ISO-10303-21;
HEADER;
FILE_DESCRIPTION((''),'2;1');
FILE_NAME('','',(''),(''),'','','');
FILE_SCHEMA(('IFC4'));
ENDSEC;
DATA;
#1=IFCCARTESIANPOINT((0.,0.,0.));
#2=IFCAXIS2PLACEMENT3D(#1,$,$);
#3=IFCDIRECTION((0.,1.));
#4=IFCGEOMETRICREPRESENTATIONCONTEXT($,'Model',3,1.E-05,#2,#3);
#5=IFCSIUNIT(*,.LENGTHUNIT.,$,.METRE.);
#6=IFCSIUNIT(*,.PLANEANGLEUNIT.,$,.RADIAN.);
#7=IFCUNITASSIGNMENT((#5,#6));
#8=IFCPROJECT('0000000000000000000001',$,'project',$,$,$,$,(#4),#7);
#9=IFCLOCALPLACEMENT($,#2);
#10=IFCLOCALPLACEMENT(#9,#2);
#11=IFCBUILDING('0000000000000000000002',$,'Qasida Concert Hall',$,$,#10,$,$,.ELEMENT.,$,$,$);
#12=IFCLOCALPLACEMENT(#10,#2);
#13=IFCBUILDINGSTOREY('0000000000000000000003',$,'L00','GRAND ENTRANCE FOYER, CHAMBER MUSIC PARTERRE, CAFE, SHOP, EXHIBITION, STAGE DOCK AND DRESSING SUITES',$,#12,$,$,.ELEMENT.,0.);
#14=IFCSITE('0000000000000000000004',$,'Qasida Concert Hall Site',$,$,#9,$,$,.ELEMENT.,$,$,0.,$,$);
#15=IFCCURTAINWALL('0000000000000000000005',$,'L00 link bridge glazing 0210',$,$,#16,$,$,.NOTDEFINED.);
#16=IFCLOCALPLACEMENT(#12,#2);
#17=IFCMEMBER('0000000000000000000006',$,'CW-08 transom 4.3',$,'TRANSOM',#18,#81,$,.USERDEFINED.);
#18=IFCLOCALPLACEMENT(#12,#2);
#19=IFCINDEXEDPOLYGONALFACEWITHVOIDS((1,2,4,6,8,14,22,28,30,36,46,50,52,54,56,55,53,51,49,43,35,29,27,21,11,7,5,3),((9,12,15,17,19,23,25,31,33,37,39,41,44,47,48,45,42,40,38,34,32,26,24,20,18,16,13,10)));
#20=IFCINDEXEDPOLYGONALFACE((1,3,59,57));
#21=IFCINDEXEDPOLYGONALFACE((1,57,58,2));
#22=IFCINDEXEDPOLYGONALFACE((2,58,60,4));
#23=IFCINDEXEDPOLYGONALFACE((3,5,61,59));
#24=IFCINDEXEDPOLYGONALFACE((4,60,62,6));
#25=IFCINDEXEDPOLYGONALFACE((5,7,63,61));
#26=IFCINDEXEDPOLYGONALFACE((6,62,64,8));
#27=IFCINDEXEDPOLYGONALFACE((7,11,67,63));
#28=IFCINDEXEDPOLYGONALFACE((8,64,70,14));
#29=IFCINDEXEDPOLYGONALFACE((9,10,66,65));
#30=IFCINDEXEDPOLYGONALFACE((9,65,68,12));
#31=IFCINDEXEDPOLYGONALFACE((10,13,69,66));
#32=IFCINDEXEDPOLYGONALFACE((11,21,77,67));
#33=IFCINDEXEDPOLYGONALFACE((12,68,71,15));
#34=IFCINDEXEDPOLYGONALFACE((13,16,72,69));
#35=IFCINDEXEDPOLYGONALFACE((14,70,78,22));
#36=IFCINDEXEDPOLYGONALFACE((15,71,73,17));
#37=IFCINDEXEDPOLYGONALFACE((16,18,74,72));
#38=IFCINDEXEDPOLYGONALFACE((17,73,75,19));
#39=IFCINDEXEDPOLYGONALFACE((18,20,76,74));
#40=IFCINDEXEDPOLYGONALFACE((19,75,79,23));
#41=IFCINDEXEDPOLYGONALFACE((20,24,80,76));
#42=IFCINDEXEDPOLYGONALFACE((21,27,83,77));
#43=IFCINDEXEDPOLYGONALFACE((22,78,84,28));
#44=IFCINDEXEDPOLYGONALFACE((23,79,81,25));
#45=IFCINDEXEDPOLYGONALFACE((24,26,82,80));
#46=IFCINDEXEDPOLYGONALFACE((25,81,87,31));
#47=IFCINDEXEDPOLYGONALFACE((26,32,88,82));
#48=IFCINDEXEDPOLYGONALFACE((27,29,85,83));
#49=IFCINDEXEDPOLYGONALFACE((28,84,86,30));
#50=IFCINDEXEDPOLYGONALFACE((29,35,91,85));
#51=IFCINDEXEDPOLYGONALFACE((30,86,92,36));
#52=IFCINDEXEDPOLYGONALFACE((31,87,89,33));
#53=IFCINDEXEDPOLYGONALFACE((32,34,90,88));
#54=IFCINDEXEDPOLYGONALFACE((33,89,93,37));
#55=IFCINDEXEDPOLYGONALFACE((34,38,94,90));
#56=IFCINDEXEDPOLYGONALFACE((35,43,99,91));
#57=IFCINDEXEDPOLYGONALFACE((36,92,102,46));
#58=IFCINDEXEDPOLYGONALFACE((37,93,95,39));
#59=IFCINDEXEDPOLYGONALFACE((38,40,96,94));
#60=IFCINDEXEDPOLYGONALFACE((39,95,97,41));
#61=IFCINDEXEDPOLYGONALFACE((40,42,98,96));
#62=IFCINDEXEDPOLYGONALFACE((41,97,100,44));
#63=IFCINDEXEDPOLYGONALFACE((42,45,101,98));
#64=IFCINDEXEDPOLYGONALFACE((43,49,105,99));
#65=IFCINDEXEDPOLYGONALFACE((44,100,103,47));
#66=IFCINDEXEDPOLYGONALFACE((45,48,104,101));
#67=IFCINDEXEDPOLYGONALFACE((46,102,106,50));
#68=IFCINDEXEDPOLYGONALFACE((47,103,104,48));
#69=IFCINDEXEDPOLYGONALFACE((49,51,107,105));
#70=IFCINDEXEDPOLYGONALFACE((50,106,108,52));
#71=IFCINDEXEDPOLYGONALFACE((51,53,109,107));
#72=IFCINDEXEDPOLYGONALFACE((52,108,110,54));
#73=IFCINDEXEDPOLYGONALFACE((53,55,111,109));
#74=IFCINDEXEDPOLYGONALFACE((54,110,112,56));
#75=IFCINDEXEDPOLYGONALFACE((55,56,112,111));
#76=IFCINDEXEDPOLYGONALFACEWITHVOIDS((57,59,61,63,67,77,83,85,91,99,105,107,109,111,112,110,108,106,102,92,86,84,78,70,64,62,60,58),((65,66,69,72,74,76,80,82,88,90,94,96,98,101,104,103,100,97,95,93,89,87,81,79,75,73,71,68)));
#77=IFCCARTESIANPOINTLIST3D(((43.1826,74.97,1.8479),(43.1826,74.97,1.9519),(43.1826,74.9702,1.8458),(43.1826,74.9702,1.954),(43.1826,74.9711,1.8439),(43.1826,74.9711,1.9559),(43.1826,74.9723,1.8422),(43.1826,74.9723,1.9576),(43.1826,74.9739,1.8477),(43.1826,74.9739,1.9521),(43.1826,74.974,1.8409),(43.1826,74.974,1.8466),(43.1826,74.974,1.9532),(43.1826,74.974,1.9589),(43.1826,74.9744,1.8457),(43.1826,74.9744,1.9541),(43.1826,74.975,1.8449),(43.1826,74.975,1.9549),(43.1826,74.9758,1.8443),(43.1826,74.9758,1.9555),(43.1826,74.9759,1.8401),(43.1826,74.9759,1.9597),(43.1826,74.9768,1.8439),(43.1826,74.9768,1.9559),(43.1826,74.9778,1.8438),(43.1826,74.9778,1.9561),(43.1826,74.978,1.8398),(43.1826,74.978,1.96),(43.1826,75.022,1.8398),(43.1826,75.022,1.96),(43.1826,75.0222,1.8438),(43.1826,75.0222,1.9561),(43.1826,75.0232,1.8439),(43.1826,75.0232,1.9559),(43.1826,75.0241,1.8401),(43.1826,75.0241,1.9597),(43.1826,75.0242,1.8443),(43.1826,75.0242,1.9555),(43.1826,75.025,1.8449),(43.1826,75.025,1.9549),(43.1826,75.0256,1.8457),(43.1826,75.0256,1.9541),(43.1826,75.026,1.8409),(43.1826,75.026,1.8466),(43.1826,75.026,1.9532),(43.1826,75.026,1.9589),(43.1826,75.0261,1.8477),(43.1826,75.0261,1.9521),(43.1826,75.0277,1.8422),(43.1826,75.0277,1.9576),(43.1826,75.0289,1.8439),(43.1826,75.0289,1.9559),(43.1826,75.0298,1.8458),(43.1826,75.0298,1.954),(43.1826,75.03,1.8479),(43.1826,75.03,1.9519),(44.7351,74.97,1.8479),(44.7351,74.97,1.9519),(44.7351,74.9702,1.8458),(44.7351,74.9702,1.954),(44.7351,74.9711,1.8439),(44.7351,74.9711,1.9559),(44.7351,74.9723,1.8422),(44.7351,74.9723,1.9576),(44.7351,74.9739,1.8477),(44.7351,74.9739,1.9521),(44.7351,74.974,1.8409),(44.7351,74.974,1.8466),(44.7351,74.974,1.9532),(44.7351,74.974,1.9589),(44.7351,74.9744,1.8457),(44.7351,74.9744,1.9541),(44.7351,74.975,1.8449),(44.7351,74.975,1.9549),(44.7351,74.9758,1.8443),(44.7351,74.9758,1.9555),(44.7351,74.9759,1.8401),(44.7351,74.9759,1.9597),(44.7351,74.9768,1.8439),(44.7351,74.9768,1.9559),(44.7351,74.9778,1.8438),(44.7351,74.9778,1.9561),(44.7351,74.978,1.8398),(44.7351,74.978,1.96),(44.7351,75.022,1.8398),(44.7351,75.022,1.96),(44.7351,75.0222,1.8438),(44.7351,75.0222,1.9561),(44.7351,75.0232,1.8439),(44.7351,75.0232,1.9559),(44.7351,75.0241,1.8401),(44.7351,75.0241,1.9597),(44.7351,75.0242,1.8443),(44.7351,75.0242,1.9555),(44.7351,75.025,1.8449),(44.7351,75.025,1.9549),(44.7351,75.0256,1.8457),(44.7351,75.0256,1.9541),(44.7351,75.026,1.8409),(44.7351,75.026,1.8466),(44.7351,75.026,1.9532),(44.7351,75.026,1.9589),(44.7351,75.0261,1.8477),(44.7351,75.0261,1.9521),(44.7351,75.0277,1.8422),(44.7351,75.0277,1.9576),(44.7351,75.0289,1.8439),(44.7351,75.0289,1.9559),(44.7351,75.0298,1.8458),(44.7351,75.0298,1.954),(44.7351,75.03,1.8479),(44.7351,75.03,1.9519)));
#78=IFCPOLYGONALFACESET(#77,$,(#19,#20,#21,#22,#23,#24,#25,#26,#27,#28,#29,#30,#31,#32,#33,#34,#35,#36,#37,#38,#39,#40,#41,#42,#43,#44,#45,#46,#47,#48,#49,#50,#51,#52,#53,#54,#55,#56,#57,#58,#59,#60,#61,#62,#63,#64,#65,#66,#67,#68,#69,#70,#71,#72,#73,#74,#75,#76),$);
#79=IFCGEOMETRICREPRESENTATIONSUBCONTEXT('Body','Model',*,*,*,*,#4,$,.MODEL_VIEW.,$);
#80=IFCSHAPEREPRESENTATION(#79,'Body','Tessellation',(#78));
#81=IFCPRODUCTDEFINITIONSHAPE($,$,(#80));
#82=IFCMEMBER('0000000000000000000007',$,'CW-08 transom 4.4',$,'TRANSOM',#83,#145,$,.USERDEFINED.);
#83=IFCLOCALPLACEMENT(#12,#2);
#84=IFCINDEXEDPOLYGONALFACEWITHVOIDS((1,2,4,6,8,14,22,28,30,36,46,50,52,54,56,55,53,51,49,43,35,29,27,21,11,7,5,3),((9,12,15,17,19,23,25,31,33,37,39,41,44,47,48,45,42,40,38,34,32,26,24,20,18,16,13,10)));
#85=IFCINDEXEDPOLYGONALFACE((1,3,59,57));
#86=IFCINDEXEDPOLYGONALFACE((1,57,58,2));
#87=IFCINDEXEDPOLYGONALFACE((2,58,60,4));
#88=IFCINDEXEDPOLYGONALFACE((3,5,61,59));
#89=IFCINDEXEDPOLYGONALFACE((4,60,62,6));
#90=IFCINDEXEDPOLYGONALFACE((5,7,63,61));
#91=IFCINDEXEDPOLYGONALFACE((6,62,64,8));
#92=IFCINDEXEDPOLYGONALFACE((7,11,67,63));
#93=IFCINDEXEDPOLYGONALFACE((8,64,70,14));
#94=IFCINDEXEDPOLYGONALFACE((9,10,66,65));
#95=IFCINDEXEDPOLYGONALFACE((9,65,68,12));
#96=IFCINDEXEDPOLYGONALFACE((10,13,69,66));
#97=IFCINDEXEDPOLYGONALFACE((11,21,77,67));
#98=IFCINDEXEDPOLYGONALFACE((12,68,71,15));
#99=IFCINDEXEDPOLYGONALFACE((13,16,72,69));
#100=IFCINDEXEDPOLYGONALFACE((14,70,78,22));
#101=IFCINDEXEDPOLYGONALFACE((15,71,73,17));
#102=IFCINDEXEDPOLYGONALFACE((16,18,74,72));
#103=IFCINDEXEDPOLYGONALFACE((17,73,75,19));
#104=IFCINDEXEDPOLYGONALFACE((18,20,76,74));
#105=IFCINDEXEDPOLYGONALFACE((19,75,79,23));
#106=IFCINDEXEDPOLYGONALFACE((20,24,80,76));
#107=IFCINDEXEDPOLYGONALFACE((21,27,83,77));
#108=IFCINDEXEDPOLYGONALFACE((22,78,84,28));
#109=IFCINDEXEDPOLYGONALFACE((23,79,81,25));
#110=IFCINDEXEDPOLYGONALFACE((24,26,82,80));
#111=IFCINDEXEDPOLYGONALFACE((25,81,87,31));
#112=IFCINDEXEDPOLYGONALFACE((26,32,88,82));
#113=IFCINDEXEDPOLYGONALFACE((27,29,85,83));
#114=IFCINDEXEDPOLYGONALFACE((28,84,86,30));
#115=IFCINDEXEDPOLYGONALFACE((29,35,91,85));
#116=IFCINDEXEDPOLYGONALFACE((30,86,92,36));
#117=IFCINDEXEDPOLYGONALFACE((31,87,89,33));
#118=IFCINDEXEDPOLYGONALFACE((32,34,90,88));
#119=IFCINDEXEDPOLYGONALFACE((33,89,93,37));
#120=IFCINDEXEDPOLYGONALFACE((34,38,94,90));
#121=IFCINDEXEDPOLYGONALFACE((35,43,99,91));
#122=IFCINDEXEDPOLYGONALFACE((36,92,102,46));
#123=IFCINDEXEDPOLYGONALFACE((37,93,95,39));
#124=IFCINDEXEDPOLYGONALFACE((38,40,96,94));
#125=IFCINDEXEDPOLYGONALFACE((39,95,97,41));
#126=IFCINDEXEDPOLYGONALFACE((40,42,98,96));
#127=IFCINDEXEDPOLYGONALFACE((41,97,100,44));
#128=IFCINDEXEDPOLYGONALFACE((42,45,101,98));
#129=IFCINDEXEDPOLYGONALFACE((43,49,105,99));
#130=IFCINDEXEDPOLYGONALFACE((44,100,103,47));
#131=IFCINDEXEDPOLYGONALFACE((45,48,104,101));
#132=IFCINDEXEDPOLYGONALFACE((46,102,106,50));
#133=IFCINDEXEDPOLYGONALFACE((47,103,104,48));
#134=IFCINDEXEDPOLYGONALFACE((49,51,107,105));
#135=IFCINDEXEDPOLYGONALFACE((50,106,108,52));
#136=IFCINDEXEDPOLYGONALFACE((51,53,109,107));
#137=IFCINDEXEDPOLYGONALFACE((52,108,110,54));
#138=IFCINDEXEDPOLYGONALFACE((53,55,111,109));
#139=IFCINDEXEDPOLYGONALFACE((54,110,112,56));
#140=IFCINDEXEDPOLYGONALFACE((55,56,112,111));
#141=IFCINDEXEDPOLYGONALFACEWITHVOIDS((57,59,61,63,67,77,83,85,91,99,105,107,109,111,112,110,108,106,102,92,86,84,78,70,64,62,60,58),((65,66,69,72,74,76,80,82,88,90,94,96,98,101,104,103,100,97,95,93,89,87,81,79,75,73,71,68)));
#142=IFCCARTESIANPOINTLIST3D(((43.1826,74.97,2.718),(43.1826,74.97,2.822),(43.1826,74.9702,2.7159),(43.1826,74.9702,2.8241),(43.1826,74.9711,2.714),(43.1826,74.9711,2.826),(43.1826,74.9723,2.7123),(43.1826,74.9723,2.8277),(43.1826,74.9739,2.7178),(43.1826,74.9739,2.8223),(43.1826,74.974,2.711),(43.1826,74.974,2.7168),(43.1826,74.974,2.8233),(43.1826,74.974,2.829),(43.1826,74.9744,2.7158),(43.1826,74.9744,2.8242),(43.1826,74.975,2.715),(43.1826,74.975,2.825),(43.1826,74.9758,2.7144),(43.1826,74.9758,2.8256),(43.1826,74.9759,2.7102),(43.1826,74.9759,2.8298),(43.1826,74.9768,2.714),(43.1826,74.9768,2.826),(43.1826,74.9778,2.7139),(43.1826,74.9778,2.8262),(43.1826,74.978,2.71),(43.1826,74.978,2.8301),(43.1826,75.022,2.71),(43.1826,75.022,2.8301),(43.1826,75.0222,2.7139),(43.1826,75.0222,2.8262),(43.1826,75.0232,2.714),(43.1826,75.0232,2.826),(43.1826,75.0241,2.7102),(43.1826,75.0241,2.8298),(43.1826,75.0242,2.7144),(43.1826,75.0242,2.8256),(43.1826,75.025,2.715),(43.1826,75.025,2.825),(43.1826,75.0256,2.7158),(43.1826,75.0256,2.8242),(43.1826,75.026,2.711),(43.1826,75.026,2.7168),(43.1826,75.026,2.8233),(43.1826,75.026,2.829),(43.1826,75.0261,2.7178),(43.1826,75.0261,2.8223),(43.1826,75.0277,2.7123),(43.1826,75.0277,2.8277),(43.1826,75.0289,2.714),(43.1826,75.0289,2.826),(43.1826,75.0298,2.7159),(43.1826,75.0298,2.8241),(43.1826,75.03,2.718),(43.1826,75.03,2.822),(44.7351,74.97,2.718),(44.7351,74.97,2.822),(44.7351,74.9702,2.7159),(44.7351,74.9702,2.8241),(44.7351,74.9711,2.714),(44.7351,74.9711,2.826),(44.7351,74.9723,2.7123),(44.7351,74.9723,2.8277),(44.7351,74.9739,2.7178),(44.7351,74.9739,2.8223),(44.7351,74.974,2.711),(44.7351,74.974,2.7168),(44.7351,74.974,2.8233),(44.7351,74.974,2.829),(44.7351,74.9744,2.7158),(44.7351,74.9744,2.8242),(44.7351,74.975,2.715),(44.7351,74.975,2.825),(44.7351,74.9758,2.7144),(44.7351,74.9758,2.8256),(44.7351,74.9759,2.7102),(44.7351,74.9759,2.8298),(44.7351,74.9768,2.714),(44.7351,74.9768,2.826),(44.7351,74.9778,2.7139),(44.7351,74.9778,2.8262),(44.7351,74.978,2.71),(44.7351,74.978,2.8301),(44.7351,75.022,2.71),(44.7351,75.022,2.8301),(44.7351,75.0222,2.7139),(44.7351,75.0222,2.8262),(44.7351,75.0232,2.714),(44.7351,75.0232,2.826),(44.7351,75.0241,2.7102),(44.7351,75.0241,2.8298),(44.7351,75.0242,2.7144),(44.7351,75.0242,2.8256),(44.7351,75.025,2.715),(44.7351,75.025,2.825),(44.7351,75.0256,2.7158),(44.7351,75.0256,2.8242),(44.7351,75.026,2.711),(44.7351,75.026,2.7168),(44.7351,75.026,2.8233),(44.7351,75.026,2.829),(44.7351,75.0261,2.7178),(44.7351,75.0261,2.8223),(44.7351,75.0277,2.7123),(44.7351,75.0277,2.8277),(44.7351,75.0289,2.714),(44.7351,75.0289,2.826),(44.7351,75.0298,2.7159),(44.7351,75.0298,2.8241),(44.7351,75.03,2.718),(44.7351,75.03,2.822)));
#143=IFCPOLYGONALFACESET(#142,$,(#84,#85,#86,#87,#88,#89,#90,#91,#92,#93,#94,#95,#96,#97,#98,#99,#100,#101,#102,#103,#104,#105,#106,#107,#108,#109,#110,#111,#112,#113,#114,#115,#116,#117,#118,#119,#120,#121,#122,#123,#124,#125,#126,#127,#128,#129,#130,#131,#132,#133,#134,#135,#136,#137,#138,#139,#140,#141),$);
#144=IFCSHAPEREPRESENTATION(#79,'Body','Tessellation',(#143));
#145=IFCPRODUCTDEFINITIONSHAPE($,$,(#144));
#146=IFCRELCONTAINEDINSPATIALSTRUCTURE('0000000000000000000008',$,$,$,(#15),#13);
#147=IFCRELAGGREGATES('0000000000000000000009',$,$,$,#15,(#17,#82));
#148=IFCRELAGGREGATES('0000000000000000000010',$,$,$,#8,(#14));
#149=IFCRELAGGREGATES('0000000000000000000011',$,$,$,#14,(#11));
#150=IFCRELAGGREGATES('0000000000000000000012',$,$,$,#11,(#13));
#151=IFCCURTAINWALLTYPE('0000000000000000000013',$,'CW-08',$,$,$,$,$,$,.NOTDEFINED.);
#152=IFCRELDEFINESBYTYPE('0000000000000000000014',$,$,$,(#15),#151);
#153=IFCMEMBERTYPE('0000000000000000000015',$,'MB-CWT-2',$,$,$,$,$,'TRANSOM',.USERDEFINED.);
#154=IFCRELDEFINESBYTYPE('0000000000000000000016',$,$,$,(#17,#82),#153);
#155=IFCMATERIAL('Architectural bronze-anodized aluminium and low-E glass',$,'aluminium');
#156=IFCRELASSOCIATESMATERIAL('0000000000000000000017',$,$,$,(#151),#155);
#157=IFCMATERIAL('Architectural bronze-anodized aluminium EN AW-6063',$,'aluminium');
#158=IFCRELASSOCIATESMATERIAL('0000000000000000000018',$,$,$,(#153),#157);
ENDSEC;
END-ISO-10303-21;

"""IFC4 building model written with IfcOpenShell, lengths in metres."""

from ifc_helpers import new_model, si_unit, direction, frame, origin, origin_2d, place, context, subcontext, project, spatial, hollow_rectangle, extrude, material, material_profile, profile_set, type_object, element, aggregate, save


model = new_model("IFC4")

# Units and contexts
model_context = context("Model", 3, precision=1e-05, world=origin(), true_north=direction((0.0, 1.0)))
body_context = subcontext(model_context, "Body", "Model", "MODEL_VIEW")
ifc_project = project(units=[si_unit("LENGTHUNIT", "METRE"), si_unit("PLANEANGLEUNIT", "RADIAN")], contexts=[model_context])

# Site, building, storey
site_placement = place(None, origin())
site = spatial("IfcSite", under=ifc_project, at=site_placement, Name="Qasida Concert Hall Site", CompositionType="ELEMENT", RefElevation=0.0)
building_placement = place(site_placement, origin())
building = spatial("IfcBuilding", under=site, at=building_placement, Name="Qasida Concert Hall", CompositionType="ELEMENT")
storey_placement = place(building_placement, origin())
storey = spatial("IfcBuildingStorey", under=building, at=storey_placement, Name="L00", Description="GRAND ENTRANCE FOYER, CHAMBER MUSIC PARTERRE, CAFE, SHOP, EXHIBITION, STAGE DOCK AND DRESSING SUITES", CompositionType="ELEMENT", Elevation=0.0)

# Curtain wall
ifc_material_1 = material(Name="Architectural bronze-anodized aluminium and low-E glass", Category="aluminium")
curtain_wall_type = type_object("IfcCurtainWallType", Name="CW-08", PredefinedType="NOTDEFINED", material=ifc_material_1)
curtain_wall_1_placement = place(storey_placement, origin())
curtain_wall_1 = element("IfcCurtainWall", 1, at=curtain_wall_1_placement, inside=storey, type_object=curtain_wall_type, Name="L00 link bridge glazing 0210", PredefinedType="NOTDEFINED")
ifc_material_2 = material(Name="Architectural bronze-anodized aluminium EN AW-6063", Category="aluminium")

# Members
ifc_material_profile_1 = material_profile(ifc_material_2, hollow_rectangle(XDim=0.0601, YDim=0.1201, WallThickness=0.0039, InnerFilletRadius=0.0039, OuterFilletRadius=0.0081, at=origin_2d()), Name="CWT 120x60x4")
ifc_profile_set_1 = profile_set([ifc_material_profile_1], Name="Architectural bronze-anodized aluminium EN AW-6063")
member_type_1 = type_object("IfcMemberType", Name="MB-CWT-2", ElementType="TRANSOM", PredefinedType="USERDEFINED", material=ifc_profile_set_1)
member_1_placement = place(storey_placement, frame((43.1826, 75.0, 1.8999), z_axis=(1.0, 0.0, 0.0), x_axis=(0.0, 1.0, 0.0)))
member_1 = element("IfcMember", 2, at=member_1_placement, type_object=member_type_1, Name="CW-08 transom 4.3", ObjectType="TRANSOM", PredefinedType="USERDEFINED", context=body_context, shape_type="SweptSolid", body=[
    extrude(hollow_rectangle(XDim=0.0601, YDim=0.1201, WallThickness=0.0039, InnerFilletRadius=0.0039, OuterFilletRadius=0.0081, at=origin_2d()), origin(), (0.0, 0.0, 1.0), 1.5525),
])
member_2_placement = place(storey_placement, frame((43.1826, 75.0, 2.77), z_axis=(1.0, 0.0, 0.0), x_axis=(0.0, 1.0, 0.0)))
member_2 = element("IfcMember", 3, at=member_2_placement, type_object=member_type_1, Name="CW-08 transom 4.4", ObjectType="TRANSOM", PredefinedType="USERDEFINED", context=body_context, shape_type="SweptSolid", body=[
    extrude(hollow_rectangle(XDim=0.0601, YDim=0.1201, WallThickness=0.0039, InnerFilletRadius=0.0039, OuterFilletRadius=0.0081, at=origin_2d()), origin(), (0.0, 0.0, 1.0), 1.5525),
])

aggregate(curtain_wall_1, [member_1, member_2])

save(model, "model.ifc")
